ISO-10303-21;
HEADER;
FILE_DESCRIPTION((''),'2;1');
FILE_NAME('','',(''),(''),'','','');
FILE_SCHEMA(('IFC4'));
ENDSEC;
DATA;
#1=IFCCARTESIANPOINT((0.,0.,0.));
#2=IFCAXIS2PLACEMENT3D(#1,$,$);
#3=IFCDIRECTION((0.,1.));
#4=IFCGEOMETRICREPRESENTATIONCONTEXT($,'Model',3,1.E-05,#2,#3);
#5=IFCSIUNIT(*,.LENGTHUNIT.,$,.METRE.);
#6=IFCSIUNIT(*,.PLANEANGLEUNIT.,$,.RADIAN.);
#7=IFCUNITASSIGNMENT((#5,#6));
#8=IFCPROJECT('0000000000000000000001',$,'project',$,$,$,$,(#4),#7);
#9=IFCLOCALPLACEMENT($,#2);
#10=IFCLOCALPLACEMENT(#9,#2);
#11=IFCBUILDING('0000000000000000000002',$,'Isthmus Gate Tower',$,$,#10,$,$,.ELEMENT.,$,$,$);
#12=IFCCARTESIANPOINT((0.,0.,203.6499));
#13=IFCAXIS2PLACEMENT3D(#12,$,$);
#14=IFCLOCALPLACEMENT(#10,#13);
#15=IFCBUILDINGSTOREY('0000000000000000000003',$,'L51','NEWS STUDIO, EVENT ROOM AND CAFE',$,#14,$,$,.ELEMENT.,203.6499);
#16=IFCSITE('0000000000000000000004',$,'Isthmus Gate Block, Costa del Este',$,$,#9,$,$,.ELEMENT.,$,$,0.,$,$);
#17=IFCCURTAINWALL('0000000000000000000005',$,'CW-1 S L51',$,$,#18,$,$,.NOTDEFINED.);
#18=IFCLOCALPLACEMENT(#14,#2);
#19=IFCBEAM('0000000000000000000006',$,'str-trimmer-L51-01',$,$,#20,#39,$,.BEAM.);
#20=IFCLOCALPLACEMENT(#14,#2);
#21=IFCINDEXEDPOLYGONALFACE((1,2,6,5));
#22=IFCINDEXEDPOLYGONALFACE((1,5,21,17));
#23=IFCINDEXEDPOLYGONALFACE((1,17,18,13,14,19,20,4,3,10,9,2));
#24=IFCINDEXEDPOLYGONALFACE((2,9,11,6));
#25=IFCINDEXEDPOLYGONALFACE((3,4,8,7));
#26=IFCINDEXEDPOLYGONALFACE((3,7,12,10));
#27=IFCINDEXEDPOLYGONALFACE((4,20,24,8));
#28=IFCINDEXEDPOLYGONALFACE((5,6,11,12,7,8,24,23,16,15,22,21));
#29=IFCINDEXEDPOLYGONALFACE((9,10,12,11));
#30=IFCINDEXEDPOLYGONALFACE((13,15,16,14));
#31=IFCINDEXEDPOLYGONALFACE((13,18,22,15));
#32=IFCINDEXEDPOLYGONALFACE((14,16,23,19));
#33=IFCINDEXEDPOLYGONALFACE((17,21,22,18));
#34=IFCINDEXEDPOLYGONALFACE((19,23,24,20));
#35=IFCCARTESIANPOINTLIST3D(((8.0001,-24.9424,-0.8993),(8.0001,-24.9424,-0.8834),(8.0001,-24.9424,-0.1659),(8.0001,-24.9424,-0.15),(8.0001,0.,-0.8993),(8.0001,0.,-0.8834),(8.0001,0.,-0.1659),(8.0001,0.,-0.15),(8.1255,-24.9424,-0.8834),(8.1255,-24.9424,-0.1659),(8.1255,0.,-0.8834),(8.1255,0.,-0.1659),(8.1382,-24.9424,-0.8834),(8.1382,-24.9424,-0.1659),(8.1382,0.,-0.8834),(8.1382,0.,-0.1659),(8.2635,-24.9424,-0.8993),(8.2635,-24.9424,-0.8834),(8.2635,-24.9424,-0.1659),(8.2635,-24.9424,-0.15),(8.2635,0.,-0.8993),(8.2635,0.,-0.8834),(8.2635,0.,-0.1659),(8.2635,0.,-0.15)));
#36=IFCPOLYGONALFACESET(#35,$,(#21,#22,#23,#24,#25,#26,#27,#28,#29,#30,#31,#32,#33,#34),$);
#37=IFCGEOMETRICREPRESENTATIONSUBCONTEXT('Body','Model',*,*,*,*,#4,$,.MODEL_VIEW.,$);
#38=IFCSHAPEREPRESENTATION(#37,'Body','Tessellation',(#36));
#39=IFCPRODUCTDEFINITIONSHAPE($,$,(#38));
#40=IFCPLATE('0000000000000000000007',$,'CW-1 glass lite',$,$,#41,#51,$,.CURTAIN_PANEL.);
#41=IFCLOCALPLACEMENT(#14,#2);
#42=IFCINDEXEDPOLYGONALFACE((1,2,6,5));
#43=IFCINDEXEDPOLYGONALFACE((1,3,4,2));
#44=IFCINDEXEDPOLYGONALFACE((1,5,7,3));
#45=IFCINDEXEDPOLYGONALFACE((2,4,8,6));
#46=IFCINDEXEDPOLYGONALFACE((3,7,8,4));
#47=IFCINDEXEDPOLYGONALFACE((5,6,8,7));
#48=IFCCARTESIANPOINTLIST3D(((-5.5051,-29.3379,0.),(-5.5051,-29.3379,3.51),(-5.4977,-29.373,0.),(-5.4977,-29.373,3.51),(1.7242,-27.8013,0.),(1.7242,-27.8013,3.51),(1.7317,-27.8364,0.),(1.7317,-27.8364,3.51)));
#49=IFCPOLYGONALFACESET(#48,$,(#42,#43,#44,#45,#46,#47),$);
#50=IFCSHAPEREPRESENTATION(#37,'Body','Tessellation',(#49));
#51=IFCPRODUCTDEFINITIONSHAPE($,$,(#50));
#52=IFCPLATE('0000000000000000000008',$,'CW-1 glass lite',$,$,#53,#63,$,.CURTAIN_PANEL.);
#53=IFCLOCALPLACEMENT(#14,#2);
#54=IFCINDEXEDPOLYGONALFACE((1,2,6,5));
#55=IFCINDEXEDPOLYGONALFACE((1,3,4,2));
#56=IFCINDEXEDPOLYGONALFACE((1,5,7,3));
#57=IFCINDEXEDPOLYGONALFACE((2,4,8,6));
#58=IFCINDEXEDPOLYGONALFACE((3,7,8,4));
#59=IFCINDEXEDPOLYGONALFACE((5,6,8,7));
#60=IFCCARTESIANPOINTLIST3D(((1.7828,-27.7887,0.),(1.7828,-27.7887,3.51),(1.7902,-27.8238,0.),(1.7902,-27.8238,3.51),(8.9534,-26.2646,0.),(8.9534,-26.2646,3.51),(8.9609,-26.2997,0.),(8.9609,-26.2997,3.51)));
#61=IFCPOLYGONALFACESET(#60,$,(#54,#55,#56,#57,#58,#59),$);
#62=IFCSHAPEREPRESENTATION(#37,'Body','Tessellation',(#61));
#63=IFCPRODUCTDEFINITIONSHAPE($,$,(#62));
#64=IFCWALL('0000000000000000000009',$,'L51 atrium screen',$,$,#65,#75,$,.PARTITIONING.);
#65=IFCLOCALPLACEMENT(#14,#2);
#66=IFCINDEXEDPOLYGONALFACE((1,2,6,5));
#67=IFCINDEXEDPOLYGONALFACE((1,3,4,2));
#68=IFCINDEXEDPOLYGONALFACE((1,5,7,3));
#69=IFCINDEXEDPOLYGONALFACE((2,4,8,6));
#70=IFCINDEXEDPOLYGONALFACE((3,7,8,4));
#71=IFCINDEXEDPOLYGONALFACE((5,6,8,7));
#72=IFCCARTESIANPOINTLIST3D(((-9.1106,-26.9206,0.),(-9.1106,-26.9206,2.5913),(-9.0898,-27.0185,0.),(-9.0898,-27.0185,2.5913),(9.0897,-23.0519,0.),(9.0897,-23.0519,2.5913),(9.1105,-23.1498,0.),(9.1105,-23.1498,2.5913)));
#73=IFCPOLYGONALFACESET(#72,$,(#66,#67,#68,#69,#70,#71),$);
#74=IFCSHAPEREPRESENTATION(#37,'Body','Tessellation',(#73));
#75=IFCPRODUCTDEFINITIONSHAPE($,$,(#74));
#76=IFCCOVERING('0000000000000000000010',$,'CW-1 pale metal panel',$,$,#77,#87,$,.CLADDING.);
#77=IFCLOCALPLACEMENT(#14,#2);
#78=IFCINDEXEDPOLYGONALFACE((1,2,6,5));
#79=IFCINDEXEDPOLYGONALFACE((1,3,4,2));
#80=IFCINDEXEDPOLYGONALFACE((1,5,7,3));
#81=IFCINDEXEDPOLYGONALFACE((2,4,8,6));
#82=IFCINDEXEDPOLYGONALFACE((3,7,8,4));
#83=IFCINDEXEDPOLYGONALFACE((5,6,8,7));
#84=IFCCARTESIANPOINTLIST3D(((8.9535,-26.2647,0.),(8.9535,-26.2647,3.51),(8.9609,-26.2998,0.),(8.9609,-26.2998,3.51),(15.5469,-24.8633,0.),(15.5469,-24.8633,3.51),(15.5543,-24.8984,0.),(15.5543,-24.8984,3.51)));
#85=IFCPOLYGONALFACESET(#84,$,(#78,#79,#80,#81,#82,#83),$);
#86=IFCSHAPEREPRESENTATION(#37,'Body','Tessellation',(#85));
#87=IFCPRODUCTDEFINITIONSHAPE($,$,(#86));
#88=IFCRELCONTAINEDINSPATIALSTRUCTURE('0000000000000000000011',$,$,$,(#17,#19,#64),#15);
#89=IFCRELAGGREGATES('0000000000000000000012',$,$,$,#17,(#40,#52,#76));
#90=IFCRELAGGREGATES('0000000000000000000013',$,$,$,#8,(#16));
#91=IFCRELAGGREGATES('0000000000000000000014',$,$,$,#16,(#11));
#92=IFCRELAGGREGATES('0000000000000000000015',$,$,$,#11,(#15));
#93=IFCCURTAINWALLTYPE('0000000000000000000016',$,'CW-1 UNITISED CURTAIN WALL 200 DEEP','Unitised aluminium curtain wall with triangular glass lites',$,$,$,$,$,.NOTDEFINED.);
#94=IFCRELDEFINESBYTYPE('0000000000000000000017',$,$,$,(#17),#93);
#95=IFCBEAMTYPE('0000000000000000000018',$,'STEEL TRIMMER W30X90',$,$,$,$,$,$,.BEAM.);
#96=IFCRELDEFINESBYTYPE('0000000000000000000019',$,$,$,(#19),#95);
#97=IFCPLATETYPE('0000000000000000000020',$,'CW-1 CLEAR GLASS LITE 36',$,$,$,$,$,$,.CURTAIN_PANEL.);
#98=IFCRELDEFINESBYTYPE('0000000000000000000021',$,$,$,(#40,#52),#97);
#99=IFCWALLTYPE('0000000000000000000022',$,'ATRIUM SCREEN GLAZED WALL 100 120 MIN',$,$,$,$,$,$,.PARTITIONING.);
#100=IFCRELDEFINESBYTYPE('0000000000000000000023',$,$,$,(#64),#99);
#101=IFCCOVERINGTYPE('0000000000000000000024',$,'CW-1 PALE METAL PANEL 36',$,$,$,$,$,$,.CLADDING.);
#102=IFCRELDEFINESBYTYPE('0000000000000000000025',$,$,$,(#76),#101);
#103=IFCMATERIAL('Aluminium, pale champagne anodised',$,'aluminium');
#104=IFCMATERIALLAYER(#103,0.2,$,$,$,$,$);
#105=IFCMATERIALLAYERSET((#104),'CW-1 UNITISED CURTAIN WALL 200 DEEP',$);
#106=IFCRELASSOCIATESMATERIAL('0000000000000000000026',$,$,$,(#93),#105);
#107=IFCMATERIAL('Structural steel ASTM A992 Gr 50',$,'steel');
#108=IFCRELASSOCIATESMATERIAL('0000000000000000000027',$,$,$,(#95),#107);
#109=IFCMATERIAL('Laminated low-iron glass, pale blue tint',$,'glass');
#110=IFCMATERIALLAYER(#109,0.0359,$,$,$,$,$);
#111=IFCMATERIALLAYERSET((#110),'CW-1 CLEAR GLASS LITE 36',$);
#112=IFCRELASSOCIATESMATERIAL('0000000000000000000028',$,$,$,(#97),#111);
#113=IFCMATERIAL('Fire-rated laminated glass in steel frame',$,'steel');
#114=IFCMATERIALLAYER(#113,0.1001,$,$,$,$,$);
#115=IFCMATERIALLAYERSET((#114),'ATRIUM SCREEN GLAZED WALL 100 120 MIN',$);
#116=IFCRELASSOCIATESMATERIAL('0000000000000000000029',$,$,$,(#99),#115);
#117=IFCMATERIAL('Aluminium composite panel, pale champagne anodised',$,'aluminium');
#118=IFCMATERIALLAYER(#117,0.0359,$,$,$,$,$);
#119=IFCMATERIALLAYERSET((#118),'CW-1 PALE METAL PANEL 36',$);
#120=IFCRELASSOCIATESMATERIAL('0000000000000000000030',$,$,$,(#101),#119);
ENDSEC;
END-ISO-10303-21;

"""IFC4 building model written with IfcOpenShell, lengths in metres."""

from ifc_helpers import new_model, si_unit, direction, frame, frame_2d, origin, origin_2d, place, context, subcontext, project, spatial, rectangle, i_section, extrude, material, layer, layer_set, material_profile, profile_set, type_object, element, aggregate, save


model = new_model("IFC4")

# Units and contexts
model_context = context("Model", 3, precision=1e-05, world=origin(), true_north=direction((0.0, 1.0)))
body_context = subcontext(model_context, "Body", "Model", "MODEL_VIEW")
ifc_project = project(units=[si_unit("LENGTHUNIT", "METRE"), si_unit("PLANEANGLEUNIT", "RADIAN")], contexts=[model_context])

# Site, building, storey
site_placement = place(None, origin())
site = spatial("IfcSite", under=ifc_project, at=site_placement, Name="Isthmus Gate Block, Costa del Este", CompositionType="ELEMENT", RefElevation=0.0)
building_placement = place(site_placement, origin())
building = spatial("IfcBuilding", under=site, at=building_placement, Name="Isthmus Gate Tower", CompositionType="ELEMENT")
storey_placement = place(building_placement, frame((0.0, 0.0, 203.6499)))
storey = spatial("IfcBuildingStorey", under=building, at=storey_placement, Name="L51", Description="NEWS STUDIO, EVENT ROOM AND CAFE", CompositionType="ELEMENT", Elevation=203.6499)

# Curtain wall
ifc_material_1 = material(Name="Aluminium, pale champagne anodised", Category="aluminium")
ifc_layer_1 = layer(ifc_material_1, 0.2)
ifc_layer_set_1 = layer_set([ifc_layer_1], Name="CW-1 UNITISED CURTAIN WALL 200 DEEP")
curtain_wall_type = type_object("IfcCurtainWallType", Name="CW-1 UNITISED CURTAIN WALL 200 DEEP", Description="Unitised aluminium curtain wall with triangular glass lites", PredefinedType="NOTDEFINED", material=ifc_layer_set_1)
curtain_wall_placement = place(storey_placement, origin())
curtain_wall = element("IfcCurtainWall", 1, at=curtain_wall_placement, inside=storey, type_object=curtain_wall_type, Name="CW-1 S L51", PredefinedType="NOTDEFINED")

# Beam
ifc_material_2 = material(Name="Structural steel ASTM A992 Gr 50", Category="steel")
ifc_material_profile_1 = material_profile(ifc_material_2, i_section(OverallWidth=0.2634, OverallDepth=0.7493, WebThickness=0.0127, FlangeThickness=0.0159, at=origin_2d()), Name="W30X90")
ifc_profile_set_1 = profile_set([ifc_material_profile_1], Name="Structural steel ASTM A992 Gr 50")
beam_type_1 = type_object("IfcBeamType", Name="STEEL TRIMMER W30X90", PredefinedType="BEAM", material=ifc_profile_set_1)
beam_1_placement = place(storey_placement, frame((8.1318, -24.9424, -0.5247), z_axis=(0.0, 1.0, 0.0), x_axis=(-1.0, 0.0, 0.0)))
element("IfcBeam", 2, at=beam_1_placement, inside=storey, type_object=beam_type_1, Name="str-trimmer-L51-01", PredefinedType="BEAM", context=body_context, shape_type="SweptSolid", body=[
    extrude(i_section(OverallWidth=0.2634, OverallDepth=0.7493, WebThickness=0.0127, FlangeThickness=0.0159, at=origin_2d()), origin(), (0.0, 0.0, 1.0), 24.9424),
])

# Plates
ifc_material_3 = material(Name="Laminated low-iron glass, pale blue tint", Category="glass")
ifc_layer_2 = layer(ifc_material_3, 0.0359)
ifc_layer_set_2 = layer_set([ifc_layer_2], Name="CW-1 CLEAR GLASS LITE 36")
plate_type = type_object("IfcPlateType", Name="CW-1 CLEAR GLASS LITE 36", PredefinedType="CURTAIN_PANEL", material=ifc_layer_set_2)
plate_1_placement = place(storey_placement, frame((-1.8867, -28.5872, 0.0), z_axis=(0.0, 0.0, 1.0), x_axis=(0.978148, 0.207912, 0.0)))
plate_1 = element("IfcPlate", 3, at=plate_1_placement, type_object=plate_type, Name="CW-1 glass lite", PredefinedType="CURTAIN_PANEL", context=body_context, shape_type="SweptSolid", body=[
    extrude(rectangle(XDim=7.3909, YDim=0.0359, at=origin_2d()), origin(), (0.0, 0.0, 1.0), 3.51),
])
plate_2_placement = place(storey_placement, frame((5.3718, -27.0442, 0.0), z_axis=(0.0, 0.0, 1.0), x_axis=(0.978148, 0.207912, 0.0)))
plate_2 = element("IfcPlate", 4, at=plate_2_placement, type_object=plate_type, Name="CW-1 glass lite", PredefinedType="CURTAIN_PANEL", context=body_context, shape_type="SweptSolid", body=[
    extrude(rectangle(XDim=7.3308, YDim=0.0359, at=origin_2d()), origin(), (0.0, 0.0, 1.0), 3.51),
])

# Wall
ifc_material_4 = material(Name="Fire-rated laminated glass in steel frame", Category="steel")
ifc_layer_3 = layer(ifc_material_4, 0.1001)
ifc_layer_set_3 = layer_set([ifc_layer_3], Name="ATRIUM SCREEN GLAZED WALL 100 120 MIN")
wall_type = type_object("IfcWallType", Name="ATRIUM SCREEN GLAZED WALL 100 120 MIN", PredefinedType="PARTITIONING", material=ifc_layer_set_3)
wall_placement = place(storey_placement, frame((9.1001, -23.1008, 0.0), z_axis=(0.0, 0.0, 1.0), x_axis=(-0.978147, -0.207916, 0.0)))
element("IfcWall", 5, at=wall_placement, inside=storey, type_object=wall_type, Name="L51 atrium screen", PredefinedType="PARTITIONING", context=body_context, shape_type="SweptSolid", body=[
    extrude(rectangle(XDim=18.6069, YDim=0.1001, at=frame_2d((9.3035, 0.0))), origin(), (0.0, 0.0, 1.0), 2.5913),
])

# Covering
ifc_material_5 = material(Name="Aluminium composite panel, pale champagne anodised", Category="aluminium")
ifc_layer_4 = layer(ifc_material_5, 0.0359)
ifc_layer_set_4 = layer_set([ifc_layer_4], Name="CW-1 PALE METAL PANEL 36")
covering_type = type_object("IfcCoveringType", Name="CW-1 PALE METAL PANEL 36", PredefinedType="CLADDING", material=ifc_layer_set_4)
covering_placement = place(storey_placement, frame((12.2539, -25.5815, 0.0), z_axis=(0.0, 0.0, 1.0), x_axis=(0.978148, 0.207912, 0.0)))
covering = element("IfcCovering", 6, at=covering_placement, type_object=covering_type, Name="CW-1 pale metal panel", PredefinedType="CLADDING", context=body_context, shape_type="SweptSolid", body=[
    extrude(rectangle(XDim=6.7407, YDim=0.0359, at=origin_2d()), origin(), (0.0, 0.0, 1.0), 3.51),
])
aggregate(curtain_wall, [plate_1, plate_2, covering])

save(model, "model.ifc")
